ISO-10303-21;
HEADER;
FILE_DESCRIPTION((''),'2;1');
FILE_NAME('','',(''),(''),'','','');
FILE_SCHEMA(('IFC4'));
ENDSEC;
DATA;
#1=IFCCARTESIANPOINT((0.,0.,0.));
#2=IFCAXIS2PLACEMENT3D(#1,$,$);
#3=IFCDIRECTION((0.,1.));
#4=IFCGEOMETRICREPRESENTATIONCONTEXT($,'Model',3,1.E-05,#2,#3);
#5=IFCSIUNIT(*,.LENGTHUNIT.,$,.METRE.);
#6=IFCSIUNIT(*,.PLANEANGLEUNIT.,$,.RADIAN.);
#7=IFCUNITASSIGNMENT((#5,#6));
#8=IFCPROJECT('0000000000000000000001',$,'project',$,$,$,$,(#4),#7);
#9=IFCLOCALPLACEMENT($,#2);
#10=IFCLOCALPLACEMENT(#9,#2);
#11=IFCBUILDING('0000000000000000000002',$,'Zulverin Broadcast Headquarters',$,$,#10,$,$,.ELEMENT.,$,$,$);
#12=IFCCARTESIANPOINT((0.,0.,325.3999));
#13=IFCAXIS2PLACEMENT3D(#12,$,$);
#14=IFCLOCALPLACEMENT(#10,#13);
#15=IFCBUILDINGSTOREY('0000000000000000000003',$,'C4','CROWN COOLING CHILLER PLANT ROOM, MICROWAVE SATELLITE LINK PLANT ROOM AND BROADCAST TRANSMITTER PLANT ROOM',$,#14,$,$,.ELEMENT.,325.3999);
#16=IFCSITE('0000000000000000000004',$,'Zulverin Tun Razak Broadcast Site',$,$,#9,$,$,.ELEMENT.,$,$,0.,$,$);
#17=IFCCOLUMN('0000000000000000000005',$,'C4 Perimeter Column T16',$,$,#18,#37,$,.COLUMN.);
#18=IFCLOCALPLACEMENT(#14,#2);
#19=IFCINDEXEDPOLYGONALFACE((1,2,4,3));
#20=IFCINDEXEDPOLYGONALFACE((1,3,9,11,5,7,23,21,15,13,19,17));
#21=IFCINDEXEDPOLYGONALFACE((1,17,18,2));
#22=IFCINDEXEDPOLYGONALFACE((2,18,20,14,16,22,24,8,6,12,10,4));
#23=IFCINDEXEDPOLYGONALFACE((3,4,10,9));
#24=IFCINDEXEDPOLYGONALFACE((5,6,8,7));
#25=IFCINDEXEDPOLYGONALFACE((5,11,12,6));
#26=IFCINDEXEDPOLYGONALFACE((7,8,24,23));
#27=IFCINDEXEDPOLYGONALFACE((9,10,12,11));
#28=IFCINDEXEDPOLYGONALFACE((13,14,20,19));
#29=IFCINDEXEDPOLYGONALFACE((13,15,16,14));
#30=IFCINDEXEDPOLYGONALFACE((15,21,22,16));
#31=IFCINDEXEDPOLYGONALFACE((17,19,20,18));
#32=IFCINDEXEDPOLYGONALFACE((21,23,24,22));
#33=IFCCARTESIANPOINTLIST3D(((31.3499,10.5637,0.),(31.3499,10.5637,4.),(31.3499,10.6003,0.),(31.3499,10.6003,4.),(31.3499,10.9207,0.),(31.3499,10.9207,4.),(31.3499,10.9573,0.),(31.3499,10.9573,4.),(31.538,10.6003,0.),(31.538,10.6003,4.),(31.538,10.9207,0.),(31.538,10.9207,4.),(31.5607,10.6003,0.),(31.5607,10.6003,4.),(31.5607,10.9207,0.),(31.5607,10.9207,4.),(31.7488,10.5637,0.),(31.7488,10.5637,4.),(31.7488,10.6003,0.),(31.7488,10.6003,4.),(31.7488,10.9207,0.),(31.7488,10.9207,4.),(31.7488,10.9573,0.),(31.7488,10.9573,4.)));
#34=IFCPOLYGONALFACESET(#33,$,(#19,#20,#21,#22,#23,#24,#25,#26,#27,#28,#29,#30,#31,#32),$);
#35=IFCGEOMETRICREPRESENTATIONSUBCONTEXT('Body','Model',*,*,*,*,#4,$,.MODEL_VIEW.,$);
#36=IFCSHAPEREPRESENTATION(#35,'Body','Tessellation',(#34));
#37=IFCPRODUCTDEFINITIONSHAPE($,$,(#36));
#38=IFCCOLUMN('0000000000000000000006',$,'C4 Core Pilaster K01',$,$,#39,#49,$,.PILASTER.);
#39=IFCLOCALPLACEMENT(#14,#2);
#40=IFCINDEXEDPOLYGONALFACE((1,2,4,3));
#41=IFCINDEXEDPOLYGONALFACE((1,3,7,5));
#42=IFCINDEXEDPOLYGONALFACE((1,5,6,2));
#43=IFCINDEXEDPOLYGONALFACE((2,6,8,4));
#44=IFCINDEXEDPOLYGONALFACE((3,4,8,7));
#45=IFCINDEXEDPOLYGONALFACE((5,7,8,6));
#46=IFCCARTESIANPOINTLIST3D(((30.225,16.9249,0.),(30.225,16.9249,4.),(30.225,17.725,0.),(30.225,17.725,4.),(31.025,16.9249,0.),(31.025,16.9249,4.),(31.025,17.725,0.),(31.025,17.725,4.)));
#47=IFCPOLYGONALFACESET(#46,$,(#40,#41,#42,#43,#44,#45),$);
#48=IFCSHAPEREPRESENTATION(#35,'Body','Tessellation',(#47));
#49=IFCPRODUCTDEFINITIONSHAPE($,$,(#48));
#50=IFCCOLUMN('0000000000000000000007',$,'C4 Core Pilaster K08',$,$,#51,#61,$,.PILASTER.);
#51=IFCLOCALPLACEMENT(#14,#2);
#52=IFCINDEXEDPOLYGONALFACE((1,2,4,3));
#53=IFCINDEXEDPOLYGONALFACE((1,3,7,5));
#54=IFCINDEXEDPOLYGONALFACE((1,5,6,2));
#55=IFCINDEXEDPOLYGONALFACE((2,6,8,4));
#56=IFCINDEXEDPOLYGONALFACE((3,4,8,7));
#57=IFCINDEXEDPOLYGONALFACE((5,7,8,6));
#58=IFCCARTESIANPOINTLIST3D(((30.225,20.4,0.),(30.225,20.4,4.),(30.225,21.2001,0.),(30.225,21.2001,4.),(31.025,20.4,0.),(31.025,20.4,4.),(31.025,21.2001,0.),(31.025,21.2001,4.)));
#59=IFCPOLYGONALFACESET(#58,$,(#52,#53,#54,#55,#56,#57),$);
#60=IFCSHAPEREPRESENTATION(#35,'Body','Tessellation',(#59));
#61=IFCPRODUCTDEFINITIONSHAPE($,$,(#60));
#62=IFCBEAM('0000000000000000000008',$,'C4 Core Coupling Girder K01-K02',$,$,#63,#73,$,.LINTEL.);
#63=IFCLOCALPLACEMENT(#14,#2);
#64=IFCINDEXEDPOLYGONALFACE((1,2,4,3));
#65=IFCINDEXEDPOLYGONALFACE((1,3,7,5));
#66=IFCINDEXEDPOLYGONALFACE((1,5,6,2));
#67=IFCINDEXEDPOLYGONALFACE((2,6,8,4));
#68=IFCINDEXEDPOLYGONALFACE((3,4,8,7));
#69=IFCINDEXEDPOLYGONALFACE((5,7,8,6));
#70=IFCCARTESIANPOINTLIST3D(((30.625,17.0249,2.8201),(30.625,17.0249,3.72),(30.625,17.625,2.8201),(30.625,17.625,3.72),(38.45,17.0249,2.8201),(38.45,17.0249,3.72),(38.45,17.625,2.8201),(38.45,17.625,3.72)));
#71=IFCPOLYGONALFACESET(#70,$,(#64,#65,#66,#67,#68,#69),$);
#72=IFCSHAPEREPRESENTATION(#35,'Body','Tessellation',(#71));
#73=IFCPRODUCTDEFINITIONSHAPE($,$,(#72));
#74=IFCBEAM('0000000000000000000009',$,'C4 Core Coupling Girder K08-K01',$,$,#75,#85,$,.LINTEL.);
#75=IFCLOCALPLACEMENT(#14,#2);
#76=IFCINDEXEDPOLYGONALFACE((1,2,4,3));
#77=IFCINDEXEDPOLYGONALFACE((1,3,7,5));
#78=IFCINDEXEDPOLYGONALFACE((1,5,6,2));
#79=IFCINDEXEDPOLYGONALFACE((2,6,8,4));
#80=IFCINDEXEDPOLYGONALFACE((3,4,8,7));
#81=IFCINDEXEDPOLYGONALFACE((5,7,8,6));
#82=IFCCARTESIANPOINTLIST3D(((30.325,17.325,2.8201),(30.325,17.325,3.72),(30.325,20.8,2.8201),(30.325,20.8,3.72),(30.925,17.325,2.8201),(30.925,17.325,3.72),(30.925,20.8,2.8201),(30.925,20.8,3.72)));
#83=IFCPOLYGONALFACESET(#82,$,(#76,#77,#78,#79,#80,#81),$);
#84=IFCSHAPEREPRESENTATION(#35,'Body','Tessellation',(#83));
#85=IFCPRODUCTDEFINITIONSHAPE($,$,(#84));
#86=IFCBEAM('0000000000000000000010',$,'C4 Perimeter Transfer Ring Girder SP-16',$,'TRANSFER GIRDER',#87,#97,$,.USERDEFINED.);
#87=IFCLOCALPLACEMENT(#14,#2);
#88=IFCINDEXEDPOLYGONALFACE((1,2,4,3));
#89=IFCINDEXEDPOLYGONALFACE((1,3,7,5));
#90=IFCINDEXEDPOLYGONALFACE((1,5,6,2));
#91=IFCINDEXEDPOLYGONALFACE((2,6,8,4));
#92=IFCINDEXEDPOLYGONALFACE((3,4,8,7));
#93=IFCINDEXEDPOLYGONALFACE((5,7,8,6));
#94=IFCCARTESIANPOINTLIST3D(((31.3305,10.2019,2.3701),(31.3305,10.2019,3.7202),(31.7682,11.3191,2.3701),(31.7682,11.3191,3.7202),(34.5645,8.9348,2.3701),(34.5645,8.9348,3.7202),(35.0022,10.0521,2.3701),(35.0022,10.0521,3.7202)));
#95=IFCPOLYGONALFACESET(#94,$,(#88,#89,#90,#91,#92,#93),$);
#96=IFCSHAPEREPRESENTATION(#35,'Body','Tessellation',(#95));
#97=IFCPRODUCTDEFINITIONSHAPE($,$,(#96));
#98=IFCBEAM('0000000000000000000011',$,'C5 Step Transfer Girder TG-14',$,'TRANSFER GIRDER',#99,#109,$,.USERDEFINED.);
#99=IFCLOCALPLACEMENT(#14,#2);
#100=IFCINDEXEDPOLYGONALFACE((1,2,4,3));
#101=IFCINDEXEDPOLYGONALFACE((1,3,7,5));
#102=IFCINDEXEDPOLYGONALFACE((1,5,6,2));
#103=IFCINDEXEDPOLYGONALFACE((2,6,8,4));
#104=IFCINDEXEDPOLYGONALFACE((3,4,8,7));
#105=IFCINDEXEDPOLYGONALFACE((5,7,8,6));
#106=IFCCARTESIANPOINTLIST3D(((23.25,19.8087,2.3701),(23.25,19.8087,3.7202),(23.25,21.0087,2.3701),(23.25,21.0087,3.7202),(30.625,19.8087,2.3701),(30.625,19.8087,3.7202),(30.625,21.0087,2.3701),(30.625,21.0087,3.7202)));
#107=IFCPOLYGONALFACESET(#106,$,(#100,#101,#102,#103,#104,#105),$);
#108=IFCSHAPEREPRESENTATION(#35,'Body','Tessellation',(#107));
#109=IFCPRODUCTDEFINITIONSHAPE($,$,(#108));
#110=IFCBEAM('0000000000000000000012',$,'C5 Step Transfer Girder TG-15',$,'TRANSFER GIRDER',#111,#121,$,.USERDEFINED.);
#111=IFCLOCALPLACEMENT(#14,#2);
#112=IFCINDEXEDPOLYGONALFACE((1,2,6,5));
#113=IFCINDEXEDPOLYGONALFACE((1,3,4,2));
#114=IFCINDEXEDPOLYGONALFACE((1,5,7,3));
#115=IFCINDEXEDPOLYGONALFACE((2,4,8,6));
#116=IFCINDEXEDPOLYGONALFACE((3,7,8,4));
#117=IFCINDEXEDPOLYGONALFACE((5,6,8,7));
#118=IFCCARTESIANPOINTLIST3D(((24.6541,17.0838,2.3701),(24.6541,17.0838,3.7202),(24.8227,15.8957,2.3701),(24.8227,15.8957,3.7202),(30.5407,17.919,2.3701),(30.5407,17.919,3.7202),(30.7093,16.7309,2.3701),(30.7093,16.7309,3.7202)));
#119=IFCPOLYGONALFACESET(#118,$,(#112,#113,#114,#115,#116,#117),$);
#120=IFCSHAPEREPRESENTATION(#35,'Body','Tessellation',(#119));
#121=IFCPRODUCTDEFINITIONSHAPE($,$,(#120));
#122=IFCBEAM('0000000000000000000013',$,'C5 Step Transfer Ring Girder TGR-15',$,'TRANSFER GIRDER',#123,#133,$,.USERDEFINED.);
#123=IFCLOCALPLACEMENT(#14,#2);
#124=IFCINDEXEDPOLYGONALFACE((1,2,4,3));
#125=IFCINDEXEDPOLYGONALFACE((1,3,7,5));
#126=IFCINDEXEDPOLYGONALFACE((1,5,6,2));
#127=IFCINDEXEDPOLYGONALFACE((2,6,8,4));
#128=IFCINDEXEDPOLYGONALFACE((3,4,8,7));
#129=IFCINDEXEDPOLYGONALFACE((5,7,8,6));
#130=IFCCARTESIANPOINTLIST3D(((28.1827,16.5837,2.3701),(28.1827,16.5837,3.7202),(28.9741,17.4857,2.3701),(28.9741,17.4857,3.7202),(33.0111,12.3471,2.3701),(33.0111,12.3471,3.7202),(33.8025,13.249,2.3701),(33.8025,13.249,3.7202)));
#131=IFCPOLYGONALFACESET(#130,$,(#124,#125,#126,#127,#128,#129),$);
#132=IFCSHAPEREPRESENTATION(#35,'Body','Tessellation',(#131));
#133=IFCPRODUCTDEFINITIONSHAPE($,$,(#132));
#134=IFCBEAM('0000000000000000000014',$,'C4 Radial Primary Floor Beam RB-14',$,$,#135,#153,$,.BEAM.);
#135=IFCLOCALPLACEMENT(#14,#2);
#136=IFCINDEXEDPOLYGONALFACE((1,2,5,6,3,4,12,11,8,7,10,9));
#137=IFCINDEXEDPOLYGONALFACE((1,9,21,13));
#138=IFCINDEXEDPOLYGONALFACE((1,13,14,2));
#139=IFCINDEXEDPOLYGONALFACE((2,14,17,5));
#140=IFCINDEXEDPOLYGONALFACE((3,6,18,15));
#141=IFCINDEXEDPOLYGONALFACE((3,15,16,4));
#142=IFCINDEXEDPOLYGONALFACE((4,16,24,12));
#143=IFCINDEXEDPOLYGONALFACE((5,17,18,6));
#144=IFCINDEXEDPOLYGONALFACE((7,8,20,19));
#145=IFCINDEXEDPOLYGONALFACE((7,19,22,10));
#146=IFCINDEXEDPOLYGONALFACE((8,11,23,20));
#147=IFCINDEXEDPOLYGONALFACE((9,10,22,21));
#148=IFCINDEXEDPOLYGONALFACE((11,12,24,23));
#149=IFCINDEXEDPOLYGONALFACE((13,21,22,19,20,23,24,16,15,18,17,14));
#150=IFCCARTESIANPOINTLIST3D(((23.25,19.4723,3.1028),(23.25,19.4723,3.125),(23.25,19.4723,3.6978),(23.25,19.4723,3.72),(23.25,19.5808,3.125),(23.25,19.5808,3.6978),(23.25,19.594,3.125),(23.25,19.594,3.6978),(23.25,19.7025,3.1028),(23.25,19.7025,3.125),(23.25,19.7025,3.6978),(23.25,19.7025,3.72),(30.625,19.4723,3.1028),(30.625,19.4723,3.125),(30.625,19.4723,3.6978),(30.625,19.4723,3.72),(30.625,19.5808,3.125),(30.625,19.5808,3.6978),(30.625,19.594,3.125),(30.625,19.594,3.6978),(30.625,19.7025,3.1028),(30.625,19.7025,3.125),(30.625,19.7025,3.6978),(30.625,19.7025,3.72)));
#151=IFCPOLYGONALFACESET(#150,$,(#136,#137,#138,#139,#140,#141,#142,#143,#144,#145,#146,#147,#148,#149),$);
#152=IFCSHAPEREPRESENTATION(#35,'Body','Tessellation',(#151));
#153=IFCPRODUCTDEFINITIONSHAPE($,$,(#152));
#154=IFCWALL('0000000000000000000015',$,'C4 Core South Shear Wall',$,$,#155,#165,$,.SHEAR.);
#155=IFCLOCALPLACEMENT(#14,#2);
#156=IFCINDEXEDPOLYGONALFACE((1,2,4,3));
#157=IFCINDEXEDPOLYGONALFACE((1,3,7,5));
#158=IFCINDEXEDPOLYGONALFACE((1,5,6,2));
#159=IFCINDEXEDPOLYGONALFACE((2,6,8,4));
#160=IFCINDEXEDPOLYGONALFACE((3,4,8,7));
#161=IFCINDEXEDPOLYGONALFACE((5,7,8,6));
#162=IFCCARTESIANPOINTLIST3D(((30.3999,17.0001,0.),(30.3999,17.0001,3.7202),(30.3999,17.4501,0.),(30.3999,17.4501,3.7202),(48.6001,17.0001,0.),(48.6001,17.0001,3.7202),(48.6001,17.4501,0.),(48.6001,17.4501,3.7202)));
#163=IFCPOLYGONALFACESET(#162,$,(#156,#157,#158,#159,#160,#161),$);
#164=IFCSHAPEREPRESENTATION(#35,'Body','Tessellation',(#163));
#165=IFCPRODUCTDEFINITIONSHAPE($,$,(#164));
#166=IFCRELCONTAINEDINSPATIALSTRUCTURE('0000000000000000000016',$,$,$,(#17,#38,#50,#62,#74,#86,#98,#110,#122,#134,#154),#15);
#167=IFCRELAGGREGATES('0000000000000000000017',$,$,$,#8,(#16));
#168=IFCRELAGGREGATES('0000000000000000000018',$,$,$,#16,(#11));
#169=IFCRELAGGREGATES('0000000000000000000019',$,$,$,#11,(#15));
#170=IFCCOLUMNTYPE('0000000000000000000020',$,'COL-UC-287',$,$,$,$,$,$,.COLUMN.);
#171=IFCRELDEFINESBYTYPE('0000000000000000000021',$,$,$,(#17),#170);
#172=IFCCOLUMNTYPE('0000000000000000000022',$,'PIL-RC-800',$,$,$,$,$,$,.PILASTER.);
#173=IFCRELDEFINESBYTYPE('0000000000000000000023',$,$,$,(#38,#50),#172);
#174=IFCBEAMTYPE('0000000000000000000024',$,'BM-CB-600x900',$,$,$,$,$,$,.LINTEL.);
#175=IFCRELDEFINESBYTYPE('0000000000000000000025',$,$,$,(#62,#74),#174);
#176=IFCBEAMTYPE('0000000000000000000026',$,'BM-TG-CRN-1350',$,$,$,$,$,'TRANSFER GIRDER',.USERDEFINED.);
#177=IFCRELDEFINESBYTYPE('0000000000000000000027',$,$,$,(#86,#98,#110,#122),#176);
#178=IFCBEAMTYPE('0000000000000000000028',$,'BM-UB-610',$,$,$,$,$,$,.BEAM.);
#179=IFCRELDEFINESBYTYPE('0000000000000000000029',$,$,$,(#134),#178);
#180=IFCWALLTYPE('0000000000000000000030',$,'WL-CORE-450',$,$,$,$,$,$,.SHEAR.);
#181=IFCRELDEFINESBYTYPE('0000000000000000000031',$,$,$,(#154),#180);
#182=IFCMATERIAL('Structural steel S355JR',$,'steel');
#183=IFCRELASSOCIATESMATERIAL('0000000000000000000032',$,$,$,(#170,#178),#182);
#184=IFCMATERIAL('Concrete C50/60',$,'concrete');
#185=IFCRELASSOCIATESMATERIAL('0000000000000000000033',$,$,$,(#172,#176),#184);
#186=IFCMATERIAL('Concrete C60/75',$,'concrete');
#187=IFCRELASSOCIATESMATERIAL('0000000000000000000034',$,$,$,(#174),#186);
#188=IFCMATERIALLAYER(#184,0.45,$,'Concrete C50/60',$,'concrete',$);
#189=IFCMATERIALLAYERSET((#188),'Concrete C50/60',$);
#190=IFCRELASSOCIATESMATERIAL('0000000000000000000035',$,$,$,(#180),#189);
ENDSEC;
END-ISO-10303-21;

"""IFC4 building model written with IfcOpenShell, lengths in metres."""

from ifc_helpers import new_model, si_unit, direction, frame, frame_2d, origin, origin_2d, place, context, subcontext, project, spatial, rectangle, i_section, extrude, material, layer, layer_set, material_profile, profile_set, type_object, element, save


model = new_model("IFC4")

# Units and contexts
model_context = context("Model", 3, precision=1e-05, world=origin(), true_north=direction((0.0, 1.0)))
body_context = subcontext(model_context, "Body", "Model", "MODEL_VIEW")
ifc_project = project(units=[si_unit("LENGTHUNIT", "METRE"), si_unit("PLANEANGLEUNIT", "RADIAN")], contexts=[model_context])

# Site, building, storey
site_placement = place(None, origin())
site = spatial("IfcSite", under=ifc_project, at=site_placement, Name="Zulverin Tun Razak Broadcast Site", CompositionType="ELEMENT", RefElevation=0.0)
building_placement = place(site_placement, origin())
building = spatial("IfcBuilding", under=site, at=building_placement, Name="Zulverin Broadcast Headquarters", CompositionType="ELEMENT")
storey_placement = place(building_placement, frame((0.0, 0.0, 325.3999)))
storey = spatial("IfcBuildingStorey", under=building, at=storey_placement, Name="C4", Description="CROWN COOLING CHILLER PLANT ROOM, MICROWAVE SATELLITE LINK PLANT ROOM AND BROADCAST TRANSMITTER PLANT ROOM", CompositionType="ELEMENT", Elevation=325.3999)

# Columns
ifc_material_1 = material(Name="Structural steel S355JR", Category="steel")
ifc_material_profile_1 = material_profile(ifc_material_1, i_section(OverallWidth=0.3989, OverallDepth=0.3936, WebThickness=0.0227, FlangeThickness=0.0366, at=origin_2d()), Name="Structural steel S355JR", Category="steel")
ifc_profile_set_1 = profile_set([ifc_material_profile_1], Name="Structural steel S355JR")
column_type_1 = type_object("IfcColumnType", Name="COL-UC-287", PredefinedType="COLUMN", material=ifc_profile_set_1)
column_placement = place(storey_placement, frame((31.5493, 10.7605, 0.0), z_axis=(0.0, 0.0, 1.0), x_axis=(1.0, 0.0, 0.0)))
element("IfcColumn", 1, at=column_placement, inside=storey, type_object=column_type_1, Name="C4 Perimeter Column T16", PredefinedType="COLUMN", context=body_context, shape_type="SweptSolid", body=[
    extrude(i_section(OverallWidth=0.3989, OverallDepth=0.3936, WebThickness=0.0227, FlangeThickness=0.0366, at=origin_2d()), origin(), (0.0, 0.0, 1.0), 4.0),
])
ifc_material_2 = material(Name="Concrete C50/60", Category="concrete")
ifc_material_profile_2 = material_profile(ifc_material_2, rectangle(XDim=0.8, YDim=0.8, at=origin_2d()), Name="Concrete C50/60", Category="concrete")
ifc_profile_set_2 = profile_set([ifc_material_profile_2], Name="Concrete C50/60")
column_type_2 = type_object("IfcColumnType", Name="PIL-RC-800", PredefinedType="PILASTER", material=ifc_profile_set_2)
for number, where, z_axis, x_axis, name in (
    (2, (30.625, 17.325, 0.0), (0.0, 0.0, 1.0), (1.0, 0.0, 0.0), "C4 Core Pilaster K01"),
    (3, (30.625, 20.8, 0.0), (0.0, 0.0, 1.0), (1.0, 0.0, 0.0), "C4 Core Pilaster K08"),
):
    element("IfcColumn", number, at=place(storey_placement, frame(where, z_axis=z_axis, x_axis=x_axis)), inside=storey, type_object=column_type_2, Name=name, PredefinedType="PILASTER", context=body_context, shape_type="SweptSolid", body=[
        extrude(rectangle(XDim=0.8, YDim=0.8, at=origin_2d()), origin(), (0.0, 0.0, 1.0), 4.0),
    ])

# Beams
ifc_material_3 = material(Name="Concrete C60/75", Category="concrete")
ifc_material_profile_3 = material_profile(ifc_material_3, rectangle(XDim=0.6001, YDim=0.8999, at=origin_2d()), Name="Concrete C60/75", Category="concrete")
ifc_profile_set_3 = profile_set([ifc_material_profile_3], Name="Concrete C60/75")
beam_type_1 = type_object("IfcBeamType", Name="BM-CB-600x900", PredefinedType="LINTEL", material=ifc_profile_set_3)
beam_1_placement = place(storey_placement, frame((30.625, 17.325, 3.27), z_axis=(1.0, 0.0, 0.0), x_axis=(0.0, 1.0, 0.0)))
element("IfcBeam", 4, at=beam_1_placement, inside=storey, type_object=beam_type_1, Name="C4 Core Coupling Girder K01-K02", PredefinedType="LINTEL", context=body_context, shape_type="SweptSolid", body=[
    extrude(rectangle(XDim=0.6001, YDim=0.8999, at=origin_2d()), origin(), (0.0, 0.0, 1.0), 7.825),
])
beam_2_placement = place(storey_placement, frame((30.625, 20.8, 3.27), z_axis=(0.0, -1.0, 0.0), x_axis=(1.0, 0.0, 0.0)))
element("IfcBeam", 5, at=beam_2_placement, inside=storey, type_object=beam_type_1, Name="C4 Core Coupling Girder K08-K01", PredefinedType="LINTEL", context=body_context, shape_type="SweptSolid", body=[
    extrude(rectangle(XDim=0.6001, YDim=0.8999, at=origin_2d()), origin(), (0.0, 0.0, 1.0), 3.4751),
])
ifc_material_profile_4 = material_profile(ifc_material_2, rectangle(XDim=1.2, YDim=1.3501, at=origin_2d()), Name="Concrete C50/60", Category="concrete")
ifc_profile_set_4 = profile_set([ifc_material_profile_4], Name="Concrete C50/60")
beam_type_2 = type_object("IfcBeamType", Name="BM-TG-CRN-1350", ElementType="TRANSFER GIRDER", PredefinedType="USERDEFINED", material=ifc_profile_set_4)
beam_3_placement = place(storey_placement, frame((31.5493, 10.7605, 3.0452), z_axis=(0.93109, -0.364789, 0.0), x_axis=(0.364789, 0.93109, 0.0)))
element("IfcBeam", 6, at=beam_3_placement, inside=storey, type_object=beam_type_2, Name="C4 Perimeter Transfer Ring Girder SP-16", ObjectType="TRANSFER GIRDER", PredefinedType="USERDEFINED", context=body_context, shape_type="SweptSolid", body=[
    extrude(rectangle(XDim=1.2, YDim=1.3501, at=origin_2d()), origin(), (0.0, 0.0, 1.0), 3.4734),
])
beam_4_placement = place(storey_placement, frame((30.625, 20.4087, 3.0452), z_axis=(-1.0, 0.0, 0.0), x_axis=(0.0, -1.0, 0.0)))
element("IfcBeam", 7, at=beam_4_placement, inside=storey, type_object=beam_type_2, Name="C5 Step Transfer Girder TG-14", ObjectType="TRANSFER GIRDER", PredefinedType="USERDEFINED", context=body_context, shape_type="SweptSolid", body=[
    extrude(rectangle(XDim=1.2, YDim=1.3501, at=origin_2d()), origin(), (0.0, 0.0, 1.0), 7.375),
])
beam_5_placement = place(storey_placement, frame((30.625, 17.325, 3.0452), z_axis=(-0.990085, -0.140473, 0.0), x_axis=(0.140473, -0.990085, 0.0)))
element("IfcBeam", 8, at=beam_5_placement, inside=storey, type_object=beam_type_2, Name="C5 Step Transfer Girder TG-15", ObjectType="TRANSFER GIRDER", PredefinedType="USERDEFINED", context=body_context, shape_type="SweptSolid", body=[
    extrude(rectangle(XDim=1.2, YDim=1.3501, at=origin_2d()), origin(), (0.0, 0.0, 1.0), 5.9456),
])
beam_6_placement = place(storey_placement, frame((28.5784, 17.0347, 3.0452), z_axis=(0.75167, -0.65954, 0.0), x_axis=(0.65954, 0.75167, 0.0)))
element("IfcBeam", 9, at=beam_6_placement, inside=storey, type_object=beam_type_2, Name="C5 Step Transfer Ring Girder TGR-15", ObjectType="TRANSFER GIRDER", PredefinedType="USERDEFINED", context=body_context, shape_type="SweptSolid", body=[
    extrude(rectangle(XDim=1.2, YDim=1.3501, at=origin_2d()), origin(), (0.0, 0.0, 1.0), 6.4236),
])
ifc_material_profile_5 = material_profile(ifc_material_1, i_section(OverallWidth=0.2302, OverallDepth=0.6172, WebThickness=0.0132, FlangeThickness=0.0222, at=origin_2d()), Name="Structural steel S355JR", Category="steel")
ifc_profile_set_5 = profile_set([ifc_material_profile_5], Name="Structural steel S355JR")
beam_type_3 = type_object("IfcBeamType", Name="BM-UB-610", PredefinedType="BEAM", material=ifc_profile_set_5)
beam_7_placement = place(storey_placement, frame((30.625, 19.5874, 3.4114), z_axis=(-1.0, 0.0, 0.0), x_axis=(0.0, -1.0, 0.0)))
element("IfcBeam", 10, at=beam_7_placement, inside=storey, type_object=beam_type_3, Name="C4 Radial Primary Floor Beam RB-14", PredefinedType="BEAM", context=body_context, shape_type="SweptSolid", body=[
    extrude(i_section(OverallWidth=0.2302, OverallDepth=0.6172, WebThickness=0.0132, FlangeThickness=0.0222, at=origin_2d()), origin(), (0.0, 0.0, 1.0), 7.375),
])

# Wall
ifc_layer_1 = layer(ifc_material_2, 0.45, Name="Concrete C50/60", Category="concrete")
ifc_layer_set_1 = layer_set([ifc_layer_1], Name="Concrete C50/60")
wall_type_1 = type_object("IfcWallType", Name="WL-CORE-450", PredefinedType="SHEAR", material=ifc_layer_set_1)
wall_1_placement = place(storey_placement, frame((30.3999, 17.2251, 0.0), z_axis=(0.0, 0.0, 1.0), x_axis=(1.0, 0.0, 0.0)))
element("IfcWall", 11, at=wall_1_placement, inside=storey, type_object=wall_type_1, Name="C4 Core South Shear Wall", PredefinedType="SHEAR", context=body_context, shape_type="SweptSolid", body=[
    extrude(rectangle(XDim=18.2002, YDim=0.45, at=frame_2d((9.1001, 0.0))), origin(), (0.0, 0.0, 1.0), 3.7202),
])

save(model, "model.ifc")
